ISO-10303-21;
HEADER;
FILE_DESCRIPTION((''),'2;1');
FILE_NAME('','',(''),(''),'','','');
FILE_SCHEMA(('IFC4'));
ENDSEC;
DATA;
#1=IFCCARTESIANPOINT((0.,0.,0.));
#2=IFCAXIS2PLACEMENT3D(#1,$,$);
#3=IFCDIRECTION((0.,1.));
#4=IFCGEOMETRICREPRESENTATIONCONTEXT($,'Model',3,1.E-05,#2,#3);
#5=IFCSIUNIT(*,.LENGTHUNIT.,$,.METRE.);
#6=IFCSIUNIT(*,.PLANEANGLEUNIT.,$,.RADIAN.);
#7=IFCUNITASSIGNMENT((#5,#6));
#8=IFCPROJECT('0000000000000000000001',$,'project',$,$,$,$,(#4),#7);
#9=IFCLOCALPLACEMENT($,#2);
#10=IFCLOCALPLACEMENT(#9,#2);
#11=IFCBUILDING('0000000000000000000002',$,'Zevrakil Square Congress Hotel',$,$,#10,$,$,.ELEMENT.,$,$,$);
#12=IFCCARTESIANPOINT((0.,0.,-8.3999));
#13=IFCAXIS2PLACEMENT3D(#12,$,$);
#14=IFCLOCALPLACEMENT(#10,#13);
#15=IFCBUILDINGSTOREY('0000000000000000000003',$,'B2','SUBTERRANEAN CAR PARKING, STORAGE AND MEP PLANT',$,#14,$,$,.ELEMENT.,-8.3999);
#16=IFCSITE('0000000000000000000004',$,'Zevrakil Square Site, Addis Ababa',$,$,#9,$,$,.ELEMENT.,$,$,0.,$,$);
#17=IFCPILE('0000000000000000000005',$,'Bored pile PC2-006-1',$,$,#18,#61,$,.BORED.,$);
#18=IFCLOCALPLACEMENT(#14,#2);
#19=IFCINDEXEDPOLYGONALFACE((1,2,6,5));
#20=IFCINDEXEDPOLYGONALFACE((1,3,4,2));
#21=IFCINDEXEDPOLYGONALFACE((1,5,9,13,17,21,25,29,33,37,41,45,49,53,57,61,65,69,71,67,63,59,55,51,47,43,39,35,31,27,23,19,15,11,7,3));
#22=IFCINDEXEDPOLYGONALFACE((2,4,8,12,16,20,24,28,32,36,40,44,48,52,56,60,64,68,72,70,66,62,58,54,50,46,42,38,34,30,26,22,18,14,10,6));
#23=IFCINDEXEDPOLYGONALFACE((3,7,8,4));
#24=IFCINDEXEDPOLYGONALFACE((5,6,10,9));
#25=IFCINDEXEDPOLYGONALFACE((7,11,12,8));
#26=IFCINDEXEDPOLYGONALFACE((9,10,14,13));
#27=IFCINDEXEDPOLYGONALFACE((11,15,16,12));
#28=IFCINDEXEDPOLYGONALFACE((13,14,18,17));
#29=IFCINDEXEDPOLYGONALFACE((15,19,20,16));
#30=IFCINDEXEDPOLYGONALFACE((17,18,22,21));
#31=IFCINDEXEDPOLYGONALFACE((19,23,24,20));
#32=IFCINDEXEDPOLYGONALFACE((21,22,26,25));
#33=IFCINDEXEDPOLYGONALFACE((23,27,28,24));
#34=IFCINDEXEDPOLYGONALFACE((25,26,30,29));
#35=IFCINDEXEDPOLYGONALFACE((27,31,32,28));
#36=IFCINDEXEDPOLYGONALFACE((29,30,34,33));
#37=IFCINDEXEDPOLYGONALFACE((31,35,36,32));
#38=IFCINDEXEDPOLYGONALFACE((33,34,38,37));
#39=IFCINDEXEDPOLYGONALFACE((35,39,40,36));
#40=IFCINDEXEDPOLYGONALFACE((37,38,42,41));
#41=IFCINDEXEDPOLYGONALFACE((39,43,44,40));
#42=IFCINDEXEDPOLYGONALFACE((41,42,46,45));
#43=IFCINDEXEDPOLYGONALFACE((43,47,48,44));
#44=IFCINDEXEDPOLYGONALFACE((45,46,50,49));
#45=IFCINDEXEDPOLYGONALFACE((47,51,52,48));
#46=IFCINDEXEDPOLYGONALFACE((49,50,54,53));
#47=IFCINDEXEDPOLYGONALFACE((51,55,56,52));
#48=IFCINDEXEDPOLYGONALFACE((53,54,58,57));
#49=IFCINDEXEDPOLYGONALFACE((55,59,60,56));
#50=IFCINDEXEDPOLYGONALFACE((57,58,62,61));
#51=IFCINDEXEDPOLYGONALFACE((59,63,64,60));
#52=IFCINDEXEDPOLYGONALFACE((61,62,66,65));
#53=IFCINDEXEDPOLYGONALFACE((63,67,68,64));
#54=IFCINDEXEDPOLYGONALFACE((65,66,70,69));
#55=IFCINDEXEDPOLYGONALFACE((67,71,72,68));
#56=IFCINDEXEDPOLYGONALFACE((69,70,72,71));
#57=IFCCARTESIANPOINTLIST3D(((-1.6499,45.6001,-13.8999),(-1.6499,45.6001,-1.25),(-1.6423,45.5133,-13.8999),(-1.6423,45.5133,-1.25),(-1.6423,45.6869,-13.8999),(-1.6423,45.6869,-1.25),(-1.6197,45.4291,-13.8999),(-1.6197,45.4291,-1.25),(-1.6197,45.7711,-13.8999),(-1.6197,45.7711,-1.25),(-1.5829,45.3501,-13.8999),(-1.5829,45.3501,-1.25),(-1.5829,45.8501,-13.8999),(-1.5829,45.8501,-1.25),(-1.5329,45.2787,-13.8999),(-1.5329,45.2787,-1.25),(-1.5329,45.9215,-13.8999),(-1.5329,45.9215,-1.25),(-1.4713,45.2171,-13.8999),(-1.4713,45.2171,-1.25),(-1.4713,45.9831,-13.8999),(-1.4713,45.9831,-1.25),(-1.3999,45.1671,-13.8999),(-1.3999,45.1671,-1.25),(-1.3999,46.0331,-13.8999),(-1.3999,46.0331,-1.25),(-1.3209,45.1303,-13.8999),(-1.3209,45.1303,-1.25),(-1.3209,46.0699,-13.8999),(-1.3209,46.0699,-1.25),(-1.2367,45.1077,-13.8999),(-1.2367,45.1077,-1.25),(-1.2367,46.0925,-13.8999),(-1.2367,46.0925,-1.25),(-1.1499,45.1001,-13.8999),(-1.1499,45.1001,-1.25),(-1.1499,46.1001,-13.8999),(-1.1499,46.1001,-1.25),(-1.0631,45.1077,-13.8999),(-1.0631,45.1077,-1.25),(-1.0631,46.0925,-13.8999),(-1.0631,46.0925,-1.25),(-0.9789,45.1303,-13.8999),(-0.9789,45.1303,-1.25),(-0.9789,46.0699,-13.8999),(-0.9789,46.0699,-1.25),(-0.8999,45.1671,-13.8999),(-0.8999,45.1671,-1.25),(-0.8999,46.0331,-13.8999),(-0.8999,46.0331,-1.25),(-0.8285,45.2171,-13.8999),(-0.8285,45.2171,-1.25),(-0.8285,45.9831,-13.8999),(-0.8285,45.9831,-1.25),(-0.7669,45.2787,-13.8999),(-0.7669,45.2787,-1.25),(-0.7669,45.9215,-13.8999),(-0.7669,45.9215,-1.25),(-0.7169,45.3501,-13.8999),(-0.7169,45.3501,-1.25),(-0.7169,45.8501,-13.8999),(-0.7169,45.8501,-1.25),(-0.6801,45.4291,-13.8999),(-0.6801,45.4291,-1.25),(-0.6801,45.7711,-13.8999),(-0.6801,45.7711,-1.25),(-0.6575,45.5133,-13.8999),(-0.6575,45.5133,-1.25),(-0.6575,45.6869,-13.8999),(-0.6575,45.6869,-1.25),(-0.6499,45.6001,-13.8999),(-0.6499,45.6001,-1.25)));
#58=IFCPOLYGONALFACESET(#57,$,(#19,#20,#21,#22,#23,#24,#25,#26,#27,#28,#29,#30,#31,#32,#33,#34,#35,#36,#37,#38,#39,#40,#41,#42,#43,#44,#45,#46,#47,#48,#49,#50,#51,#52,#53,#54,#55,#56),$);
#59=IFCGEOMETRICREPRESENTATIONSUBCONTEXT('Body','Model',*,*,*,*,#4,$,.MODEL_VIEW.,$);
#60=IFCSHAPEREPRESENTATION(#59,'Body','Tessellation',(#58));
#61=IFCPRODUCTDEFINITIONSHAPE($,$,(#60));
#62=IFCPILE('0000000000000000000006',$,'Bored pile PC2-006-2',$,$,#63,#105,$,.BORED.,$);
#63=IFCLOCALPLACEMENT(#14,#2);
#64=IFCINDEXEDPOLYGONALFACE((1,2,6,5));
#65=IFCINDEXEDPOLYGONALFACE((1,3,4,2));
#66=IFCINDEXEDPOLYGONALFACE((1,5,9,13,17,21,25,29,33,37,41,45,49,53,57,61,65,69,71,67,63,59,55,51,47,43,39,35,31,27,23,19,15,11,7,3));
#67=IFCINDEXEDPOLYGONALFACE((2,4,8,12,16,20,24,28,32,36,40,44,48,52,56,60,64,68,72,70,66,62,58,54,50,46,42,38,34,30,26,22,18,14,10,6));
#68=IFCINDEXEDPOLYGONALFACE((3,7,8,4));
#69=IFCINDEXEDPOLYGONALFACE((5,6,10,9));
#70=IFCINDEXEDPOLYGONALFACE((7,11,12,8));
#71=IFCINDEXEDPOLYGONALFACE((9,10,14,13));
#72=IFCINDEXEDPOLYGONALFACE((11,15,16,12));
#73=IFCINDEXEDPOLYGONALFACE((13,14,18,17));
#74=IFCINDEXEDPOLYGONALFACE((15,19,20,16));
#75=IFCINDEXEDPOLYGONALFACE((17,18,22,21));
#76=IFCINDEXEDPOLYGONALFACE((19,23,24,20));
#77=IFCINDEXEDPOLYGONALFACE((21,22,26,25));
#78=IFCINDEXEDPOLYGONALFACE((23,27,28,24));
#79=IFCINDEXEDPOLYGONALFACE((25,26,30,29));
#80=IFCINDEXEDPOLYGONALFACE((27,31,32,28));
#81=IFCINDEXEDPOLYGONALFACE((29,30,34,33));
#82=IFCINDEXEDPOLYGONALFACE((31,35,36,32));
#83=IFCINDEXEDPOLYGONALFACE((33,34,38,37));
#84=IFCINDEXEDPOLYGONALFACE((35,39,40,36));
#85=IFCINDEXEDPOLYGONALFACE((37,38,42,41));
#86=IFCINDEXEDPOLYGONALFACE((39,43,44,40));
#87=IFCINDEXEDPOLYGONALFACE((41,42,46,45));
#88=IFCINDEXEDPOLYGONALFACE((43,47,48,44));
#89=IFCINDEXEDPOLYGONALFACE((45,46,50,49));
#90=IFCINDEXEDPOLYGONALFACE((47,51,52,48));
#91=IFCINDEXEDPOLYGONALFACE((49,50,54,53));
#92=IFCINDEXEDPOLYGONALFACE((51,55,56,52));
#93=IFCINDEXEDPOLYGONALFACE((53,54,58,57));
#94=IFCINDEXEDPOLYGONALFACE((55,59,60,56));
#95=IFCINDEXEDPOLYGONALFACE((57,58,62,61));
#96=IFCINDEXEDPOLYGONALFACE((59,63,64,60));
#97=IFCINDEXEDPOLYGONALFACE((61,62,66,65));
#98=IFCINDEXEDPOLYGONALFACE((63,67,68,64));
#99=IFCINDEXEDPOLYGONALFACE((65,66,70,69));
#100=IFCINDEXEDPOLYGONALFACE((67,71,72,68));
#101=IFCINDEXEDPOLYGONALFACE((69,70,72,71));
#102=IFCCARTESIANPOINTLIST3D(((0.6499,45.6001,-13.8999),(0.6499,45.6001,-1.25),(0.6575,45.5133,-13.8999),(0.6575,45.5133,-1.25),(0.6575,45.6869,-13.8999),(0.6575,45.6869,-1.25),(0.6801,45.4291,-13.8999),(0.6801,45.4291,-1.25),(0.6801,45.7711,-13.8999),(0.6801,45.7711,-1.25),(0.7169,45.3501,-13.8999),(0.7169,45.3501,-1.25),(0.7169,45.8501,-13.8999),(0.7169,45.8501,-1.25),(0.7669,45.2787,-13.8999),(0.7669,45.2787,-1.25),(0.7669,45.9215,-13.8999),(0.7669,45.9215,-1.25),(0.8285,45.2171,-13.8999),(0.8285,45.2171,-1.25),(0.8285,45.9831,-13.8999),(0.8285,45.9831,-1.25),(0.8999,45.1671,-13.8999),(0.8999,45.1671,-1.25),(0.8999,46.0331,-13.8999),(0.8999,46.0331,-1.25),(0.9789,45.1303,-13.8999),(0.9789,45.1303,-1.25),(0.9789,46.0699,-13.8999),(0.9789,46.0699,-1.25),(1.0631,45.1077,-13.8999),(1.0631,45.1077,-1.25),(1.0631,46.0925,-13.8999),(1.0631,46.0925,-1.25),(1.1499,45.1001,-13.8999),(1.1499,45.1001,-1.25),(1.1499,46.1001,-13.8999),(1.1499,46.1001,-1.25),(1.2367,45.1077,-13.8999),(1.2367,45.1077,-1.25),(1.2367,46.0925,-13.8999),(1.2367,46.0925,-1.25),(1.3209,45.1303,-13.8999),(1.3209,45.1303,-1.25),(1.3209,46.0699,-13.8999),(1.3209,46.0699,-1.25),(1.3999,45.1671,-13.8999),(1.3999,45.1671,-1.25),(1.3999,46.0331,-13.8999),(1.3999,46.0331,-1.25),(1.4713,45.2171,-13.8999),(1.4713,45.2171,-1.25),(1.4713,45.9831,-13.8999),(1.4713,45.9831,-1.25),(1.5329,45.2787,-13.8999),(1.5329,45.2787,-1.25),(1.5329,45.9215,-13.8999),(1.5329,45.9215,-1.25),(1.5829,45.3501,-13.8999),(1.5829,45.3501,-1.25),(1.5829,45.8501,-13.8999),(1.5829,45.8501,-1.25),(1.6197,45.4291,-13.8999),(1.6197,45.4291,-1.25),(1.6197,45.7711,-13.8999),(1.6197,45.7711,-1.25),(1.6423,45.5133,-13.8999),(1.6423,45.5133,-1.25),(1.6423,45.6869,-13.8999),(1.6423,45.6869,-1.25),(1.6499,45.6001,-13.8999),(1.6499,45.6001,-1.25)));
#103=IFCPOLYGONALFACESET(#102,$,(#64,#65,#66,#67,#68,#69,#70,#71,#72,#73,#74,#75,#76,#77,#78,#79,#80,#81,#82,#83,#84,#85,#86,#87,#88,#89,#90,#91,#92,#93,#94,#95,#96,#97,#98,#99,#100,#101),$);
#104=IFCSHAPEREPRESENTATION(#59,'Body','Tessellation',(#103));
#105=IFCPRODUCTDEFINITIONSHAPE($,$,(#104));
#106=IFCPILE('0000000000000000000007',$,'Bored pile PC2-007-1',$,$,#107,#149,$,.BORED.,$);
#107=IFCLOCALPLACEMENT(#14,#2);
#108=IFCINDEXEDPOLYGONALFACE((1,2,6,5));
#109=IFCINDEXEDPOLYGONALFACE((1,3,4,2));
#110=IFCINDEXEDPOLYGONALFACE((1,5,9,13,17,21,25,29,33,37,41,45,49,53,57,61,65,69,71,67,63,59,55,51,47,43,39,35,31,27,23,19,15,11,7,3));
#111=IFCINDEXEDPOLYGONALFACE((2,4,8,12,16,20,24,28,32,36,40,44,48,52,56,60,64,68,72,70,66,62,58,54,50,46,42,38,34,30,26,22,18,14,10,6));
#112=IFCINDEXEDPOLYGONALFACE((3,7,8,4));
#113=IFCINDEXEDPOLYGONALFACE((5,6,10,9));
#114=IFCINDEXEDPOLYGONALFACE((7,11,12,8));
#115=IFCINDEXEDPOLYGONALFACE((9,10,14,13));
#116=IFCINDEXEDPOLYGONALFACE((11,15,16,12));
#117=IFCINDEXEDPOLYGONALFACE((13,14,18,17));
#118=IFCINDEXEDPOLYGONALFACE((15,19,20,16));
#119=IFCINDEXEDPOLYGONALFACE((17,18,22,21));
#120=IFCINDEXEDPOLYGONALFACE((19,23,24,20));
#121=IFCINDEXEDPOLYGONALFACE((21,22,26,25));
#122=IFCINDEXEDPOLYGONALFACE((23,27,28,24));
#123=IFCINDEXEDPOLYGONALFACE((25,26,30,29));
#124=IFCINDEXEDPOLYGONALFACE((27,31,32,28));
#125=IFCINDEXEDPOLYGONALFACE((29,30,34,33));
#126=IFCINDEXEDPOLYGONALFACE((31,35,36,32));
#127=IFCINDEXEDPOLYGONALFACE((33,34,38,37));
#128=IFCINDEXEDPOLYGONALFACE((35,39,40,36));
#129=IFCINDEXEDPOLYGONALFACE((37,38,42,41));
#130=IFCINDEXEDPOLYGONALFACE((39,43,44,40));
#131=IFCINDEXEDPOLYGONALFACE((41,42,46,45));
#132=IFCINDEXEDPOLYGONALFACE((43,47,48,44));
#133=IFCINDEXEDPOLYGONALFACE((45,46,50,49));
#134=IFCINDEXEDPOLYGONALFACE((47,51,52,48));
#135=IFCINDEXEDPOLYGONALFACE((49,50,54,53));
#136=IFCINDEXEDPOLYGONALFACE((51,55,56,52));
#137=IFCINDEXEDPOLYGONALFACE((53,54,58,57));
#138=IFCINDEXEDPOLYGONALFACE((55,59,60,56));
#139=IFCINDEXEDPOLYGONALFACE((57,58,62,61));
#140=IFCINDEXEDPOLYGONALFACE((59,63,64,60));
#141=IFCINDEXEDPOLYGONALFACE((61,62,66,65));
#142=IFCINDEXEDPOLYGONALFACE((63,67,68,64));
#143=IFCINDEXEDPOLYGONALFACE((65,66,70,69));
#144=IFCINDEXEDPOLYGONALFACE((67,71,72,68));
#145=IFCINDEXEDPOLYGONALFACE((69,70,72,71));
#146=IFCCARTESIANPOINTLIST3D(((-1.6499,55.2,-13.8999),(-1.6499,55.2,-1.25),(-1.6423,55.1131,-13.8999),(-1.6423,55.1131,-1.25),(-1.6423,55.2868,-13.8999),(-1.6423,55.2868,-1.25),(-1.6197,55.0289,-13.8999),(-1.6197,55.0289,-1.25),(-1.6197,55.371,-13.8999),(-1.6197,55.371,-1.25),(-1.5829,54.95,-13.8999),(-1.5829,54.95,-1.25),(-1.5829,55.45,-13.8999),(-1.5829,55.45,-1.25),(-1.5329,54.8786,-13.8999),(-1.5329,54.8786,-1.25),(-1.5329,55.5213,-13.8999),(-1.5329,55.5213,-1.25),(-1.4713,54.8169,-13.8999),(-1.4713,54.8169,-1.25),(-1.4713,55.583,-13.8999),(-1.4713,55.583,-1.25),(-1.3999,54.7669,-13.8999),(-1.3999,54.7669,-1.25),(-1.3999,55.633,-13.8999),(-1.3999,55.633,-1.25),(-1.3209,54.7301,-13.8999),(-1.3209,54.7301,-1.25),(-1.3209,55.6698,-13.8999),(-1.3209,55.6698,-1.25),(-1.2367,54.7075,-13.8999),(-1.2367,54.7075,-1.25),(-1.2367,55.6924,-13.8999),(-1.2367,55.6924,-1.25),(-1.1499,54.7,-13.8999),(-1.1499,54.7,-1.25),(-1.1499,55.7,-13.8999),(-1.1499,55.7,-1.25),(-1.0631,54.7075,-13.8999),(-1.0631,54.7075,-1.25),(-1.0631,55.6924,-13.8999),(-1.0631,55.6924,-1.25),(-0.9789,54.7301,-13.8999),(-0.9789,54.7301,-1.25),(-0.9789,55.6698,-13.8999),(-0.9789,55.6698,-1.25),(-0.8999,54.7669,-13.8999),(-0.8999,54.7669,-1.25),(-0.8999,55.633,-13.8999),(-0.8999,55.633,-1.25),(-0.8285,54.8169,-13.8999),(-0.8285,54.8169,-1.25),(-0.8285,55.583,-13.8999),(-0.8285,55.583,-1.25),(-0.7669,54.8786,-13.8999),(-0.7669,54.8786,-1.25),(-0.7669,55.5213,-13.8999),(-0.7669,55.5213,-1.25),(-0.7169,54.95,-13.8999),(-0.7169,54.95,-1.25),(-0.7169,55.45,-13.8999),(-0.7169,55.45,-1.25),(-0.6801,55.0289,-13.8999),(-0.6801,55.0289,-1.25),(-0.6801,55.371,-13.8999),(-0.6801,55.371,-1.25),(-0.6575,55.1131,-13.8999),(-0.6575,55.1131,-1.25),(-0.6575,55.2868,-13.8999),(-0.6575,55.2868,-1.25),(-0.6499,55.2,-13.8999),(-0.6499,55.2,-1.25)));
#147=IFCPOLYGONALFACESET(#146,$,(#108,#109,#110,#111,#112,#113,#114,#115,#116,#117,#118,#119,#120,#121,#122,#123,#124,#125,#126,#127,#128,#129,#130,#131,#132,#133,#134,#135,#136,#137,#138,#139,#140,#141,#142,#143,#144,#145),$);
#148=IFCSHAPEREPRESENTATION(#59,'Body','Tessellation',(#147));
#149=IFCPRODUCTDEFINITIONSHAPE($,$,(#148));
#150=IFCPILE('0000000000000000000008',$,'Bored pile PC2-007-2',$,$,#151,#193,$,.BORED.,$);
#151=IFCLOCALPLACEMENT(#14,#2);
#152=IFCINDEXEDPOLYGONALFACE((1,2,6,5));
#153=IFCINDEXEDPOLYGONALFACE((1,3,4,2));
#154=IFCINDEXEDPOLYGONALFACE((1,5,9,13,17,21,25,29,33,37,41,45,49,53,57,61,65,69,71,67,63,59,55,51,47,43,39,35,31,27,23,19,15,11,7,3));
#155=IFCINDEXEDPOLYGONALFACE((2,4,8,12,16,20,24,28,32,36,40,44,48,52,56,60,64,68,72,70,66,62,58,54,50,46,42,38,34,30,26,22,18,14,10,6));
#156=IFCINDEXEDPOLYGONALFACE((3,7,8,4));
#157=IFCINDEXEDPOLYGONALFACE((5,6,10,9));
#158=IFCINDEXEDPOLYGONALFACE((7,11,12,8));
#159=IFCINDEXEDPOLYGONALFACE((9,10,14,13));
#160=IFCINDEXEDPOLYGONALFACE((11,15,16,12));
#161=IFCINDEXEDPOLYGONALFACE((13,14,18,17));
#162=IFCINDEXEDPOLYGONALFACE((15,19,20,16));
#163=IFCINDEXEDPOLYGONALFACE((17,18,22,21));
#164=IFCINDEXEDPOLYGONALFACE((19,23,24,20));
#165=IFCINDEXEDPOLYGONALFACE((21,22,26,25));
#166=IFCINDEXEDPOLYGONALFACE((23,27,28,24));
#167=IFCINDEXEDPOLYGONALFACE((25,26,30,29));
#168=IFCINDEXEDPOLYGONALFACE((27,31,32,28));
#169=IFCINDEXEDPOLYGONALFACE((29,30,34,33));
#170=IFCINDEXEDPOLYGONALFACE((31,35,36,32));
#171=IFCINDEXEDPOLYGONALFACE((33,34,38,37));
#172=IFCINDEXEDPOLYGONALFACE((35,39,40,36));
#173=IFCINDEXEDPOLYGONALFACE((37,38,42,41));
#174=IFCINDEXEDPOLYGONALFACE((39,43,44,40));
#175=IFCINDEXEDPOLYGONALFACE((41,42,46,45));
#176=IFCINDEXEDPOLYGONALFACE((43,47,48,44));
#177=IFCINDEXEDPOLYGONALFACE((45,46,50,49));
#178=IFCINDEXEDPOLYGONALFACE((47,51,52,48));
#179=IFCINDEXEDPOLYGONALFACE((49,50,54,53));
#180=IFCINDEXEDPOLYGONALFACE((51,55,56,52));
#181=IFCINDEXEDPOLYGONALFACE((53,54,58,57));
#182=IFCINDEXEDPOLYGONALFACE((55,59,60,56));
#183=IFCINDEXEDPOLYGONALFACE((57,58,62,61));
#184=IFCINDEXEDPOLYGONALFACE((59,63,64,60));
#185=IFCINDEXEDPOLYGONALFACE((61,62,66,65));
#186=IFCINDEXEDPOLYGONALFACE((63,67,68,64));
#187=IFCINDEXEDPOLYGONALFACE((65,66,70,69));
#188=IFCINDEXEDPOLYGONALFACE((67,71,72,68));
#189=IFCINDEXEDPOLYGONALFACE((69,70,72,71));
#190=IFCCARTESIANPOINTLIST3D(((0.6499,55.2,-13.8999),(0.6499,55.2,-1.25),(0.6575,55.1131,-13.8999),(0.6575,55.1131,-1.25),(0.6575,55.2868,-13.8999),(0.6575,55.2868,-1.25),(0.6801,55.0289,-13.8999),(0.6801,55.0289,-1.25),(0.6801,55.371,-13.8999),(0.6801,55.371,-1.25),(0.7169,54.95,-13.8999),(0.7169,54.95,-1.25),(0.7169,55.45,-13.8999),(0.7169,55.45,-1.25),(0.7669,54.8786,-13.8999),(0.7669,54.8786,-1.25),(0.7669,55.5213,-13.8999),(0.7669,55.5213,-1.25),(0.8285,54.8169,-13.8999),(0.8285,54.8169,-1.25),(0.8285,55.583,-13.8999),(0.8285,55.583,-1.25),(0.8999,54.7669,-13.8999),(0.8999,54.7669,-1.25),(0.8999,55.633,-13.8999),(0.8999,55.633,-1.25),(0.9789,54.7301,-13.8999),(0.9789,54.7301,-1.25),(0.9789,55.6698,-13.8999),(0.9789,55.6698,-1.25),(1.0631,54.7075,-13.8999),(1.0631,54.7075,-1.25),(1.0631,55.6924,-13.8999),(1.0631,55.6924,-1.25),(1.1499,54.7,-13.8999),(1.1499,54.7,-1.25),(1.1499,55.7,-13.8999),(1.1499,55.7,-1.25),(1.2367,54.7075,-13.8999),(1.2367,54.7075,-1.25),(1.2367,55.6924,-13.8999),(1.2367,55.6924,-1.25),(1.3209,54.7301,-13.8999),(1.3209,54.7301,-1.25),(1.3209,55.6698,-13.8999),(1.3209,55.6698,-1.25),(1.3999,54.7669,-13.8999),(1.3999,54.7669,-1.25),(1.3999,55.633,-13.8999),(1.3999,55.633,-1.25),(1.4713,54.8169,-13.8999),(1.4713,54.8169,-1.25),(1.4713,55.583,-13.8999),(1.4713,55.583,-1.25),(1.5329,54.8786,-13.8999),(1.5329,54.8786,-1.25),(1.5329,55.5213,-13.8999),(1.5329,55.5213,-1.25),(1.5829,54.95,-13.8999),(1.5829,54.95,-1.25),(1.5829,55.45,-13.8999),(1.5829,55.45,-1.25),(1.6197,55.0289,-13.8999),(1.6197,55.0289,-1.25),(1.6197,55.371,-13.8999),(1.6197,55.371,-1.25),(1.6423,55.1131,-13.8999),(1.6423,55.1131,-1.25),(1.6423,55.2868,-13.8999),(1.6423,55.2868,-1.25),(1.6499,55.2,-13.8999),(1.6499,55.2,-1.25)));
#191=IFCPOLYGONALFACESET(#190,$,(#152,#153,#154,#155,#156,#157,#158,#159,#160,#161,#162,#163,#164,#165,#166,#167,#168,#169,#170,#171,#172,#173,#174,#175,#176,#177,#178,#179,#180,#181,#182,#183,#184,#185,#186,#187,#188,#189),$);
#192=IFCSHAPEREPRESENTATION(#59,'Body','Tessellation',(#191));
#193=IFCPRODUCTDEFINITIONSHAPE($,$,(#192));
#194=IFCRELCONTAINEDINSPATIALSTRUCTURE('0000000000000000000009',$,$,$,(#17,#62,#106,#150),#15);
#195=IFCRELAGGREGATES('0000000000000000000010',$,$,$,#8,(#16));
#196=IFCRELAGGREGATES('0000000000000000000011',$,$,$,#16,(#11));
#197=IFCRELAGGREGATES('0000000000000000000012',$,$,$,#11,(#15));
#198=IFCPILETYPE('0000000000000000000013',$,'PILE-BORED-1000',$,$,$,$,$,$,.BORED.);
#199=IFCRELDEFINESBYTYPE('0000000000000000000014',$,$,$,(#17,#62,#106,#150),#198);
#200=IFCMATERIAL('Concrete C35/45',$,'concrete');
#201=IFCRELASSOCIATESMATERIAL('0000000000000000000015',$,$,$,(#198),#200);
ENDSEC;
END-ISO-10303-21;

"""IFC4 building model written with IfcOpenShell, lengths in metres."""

from ifc_helpers import new_model, si_unit, direction, frame, origin, origin_2d, place, context, subcontext, project, spatial, circle, extrude, material, material_profile, profile_set, type_object, element, save


model = new_model("IFC4")

# Units and contexts
model_context = context("Model", 3, precision=1e-05, world=origin(), true_north=direction((0.0, 1.0)))
body_context = subcontext(model_context, "Body", "Model", "MODEL_VIEW")
ifc_project = project(units=[si_unit("LENGTHUNIT", "METRE"), si_unit("PLANEANGLEUNIT", "RADIAN")], contexts=[model_context])

# Site, building, storey
site_placement = place(None, origin())
site = spatial("IfcSite", under=ifc_project, at=site_placement, Name="Zevrakil Square Site, Addis Ababa", CompositionType="ELEMENT", RefElevation=0.0)
building_placement = place(site_placement, origin())
building = spatial("IfcBuilding", under=site, at=building_placement, Name="Zevrakil Square Congress Hotel", CompositionType="ELEMENT")
storey_placement = place(building_placement, frame((0.0, 0.0, -8.3999)))
storey = spatial("IfcBuildingStorey", under=building, at=storey_placement, Name="B2", Description="SUBTERRANEAN CAR PARKING, STORAGE AND MEP PLANT", CompositionType="ELEMENT", Elevation=-8.3999)

# Piles
ifc_material_1 = material(Name="Concrete C35/45", Category="concrete")
ifc_material_profile_1 = material_profile(ifc_material_1, circle(Radius=0.5, at=origin_2d()), Name="PILE D1000")
ifc_profile_set_1 = profile_set([ifc_material_profile_1], Name="Concrete C35/45")
pile_type = type_object("IfcPileType", Name="PILE-BORED-1000", PredefinedType="BORED", material=ifc_profile_set_1)
for number, where, z_axis, x_axis, name in (
    (1, (-1.1499, 45.6001, -1.25), (0.0, 0.0, -1.0), (1.0, 0.0, 0.0), "Bored pile PC2-006-1"),
    (2, (1.1499, 45.6001, -1.25), (0.0, 0.0, -1.0), (1.0, 0.0, 0.0), "Bored pile PC2-006-2"),
    (3, (-1.1499, 55.2, -1.25), (0.0, 0.0, -1.0), (1.0, 0.0, 0.0), "Bored pile PC2-007-1"),
    (4, (1.1499, 55.2, -1.25), (0.0, 0.0, -1.0), (1.0, 0.0, 0.0), "Bored pile PC2-007-2"),
):
    element("IfcPile", number, at=place(storey_placement, frame(where, z_axis=z_axis, x_axis=x_axis)), inside=storey, type_object=pile_type, Name=name, PredefinedType="BORED", context=body_context, shape_type="SweptSolid", body=[
        extrude(circle(Radius=0.5, at=origin_2d()), origin(), (0.0, 0.0, 1.0), 12.6499),
    ])

save(model, "model.ifc")
